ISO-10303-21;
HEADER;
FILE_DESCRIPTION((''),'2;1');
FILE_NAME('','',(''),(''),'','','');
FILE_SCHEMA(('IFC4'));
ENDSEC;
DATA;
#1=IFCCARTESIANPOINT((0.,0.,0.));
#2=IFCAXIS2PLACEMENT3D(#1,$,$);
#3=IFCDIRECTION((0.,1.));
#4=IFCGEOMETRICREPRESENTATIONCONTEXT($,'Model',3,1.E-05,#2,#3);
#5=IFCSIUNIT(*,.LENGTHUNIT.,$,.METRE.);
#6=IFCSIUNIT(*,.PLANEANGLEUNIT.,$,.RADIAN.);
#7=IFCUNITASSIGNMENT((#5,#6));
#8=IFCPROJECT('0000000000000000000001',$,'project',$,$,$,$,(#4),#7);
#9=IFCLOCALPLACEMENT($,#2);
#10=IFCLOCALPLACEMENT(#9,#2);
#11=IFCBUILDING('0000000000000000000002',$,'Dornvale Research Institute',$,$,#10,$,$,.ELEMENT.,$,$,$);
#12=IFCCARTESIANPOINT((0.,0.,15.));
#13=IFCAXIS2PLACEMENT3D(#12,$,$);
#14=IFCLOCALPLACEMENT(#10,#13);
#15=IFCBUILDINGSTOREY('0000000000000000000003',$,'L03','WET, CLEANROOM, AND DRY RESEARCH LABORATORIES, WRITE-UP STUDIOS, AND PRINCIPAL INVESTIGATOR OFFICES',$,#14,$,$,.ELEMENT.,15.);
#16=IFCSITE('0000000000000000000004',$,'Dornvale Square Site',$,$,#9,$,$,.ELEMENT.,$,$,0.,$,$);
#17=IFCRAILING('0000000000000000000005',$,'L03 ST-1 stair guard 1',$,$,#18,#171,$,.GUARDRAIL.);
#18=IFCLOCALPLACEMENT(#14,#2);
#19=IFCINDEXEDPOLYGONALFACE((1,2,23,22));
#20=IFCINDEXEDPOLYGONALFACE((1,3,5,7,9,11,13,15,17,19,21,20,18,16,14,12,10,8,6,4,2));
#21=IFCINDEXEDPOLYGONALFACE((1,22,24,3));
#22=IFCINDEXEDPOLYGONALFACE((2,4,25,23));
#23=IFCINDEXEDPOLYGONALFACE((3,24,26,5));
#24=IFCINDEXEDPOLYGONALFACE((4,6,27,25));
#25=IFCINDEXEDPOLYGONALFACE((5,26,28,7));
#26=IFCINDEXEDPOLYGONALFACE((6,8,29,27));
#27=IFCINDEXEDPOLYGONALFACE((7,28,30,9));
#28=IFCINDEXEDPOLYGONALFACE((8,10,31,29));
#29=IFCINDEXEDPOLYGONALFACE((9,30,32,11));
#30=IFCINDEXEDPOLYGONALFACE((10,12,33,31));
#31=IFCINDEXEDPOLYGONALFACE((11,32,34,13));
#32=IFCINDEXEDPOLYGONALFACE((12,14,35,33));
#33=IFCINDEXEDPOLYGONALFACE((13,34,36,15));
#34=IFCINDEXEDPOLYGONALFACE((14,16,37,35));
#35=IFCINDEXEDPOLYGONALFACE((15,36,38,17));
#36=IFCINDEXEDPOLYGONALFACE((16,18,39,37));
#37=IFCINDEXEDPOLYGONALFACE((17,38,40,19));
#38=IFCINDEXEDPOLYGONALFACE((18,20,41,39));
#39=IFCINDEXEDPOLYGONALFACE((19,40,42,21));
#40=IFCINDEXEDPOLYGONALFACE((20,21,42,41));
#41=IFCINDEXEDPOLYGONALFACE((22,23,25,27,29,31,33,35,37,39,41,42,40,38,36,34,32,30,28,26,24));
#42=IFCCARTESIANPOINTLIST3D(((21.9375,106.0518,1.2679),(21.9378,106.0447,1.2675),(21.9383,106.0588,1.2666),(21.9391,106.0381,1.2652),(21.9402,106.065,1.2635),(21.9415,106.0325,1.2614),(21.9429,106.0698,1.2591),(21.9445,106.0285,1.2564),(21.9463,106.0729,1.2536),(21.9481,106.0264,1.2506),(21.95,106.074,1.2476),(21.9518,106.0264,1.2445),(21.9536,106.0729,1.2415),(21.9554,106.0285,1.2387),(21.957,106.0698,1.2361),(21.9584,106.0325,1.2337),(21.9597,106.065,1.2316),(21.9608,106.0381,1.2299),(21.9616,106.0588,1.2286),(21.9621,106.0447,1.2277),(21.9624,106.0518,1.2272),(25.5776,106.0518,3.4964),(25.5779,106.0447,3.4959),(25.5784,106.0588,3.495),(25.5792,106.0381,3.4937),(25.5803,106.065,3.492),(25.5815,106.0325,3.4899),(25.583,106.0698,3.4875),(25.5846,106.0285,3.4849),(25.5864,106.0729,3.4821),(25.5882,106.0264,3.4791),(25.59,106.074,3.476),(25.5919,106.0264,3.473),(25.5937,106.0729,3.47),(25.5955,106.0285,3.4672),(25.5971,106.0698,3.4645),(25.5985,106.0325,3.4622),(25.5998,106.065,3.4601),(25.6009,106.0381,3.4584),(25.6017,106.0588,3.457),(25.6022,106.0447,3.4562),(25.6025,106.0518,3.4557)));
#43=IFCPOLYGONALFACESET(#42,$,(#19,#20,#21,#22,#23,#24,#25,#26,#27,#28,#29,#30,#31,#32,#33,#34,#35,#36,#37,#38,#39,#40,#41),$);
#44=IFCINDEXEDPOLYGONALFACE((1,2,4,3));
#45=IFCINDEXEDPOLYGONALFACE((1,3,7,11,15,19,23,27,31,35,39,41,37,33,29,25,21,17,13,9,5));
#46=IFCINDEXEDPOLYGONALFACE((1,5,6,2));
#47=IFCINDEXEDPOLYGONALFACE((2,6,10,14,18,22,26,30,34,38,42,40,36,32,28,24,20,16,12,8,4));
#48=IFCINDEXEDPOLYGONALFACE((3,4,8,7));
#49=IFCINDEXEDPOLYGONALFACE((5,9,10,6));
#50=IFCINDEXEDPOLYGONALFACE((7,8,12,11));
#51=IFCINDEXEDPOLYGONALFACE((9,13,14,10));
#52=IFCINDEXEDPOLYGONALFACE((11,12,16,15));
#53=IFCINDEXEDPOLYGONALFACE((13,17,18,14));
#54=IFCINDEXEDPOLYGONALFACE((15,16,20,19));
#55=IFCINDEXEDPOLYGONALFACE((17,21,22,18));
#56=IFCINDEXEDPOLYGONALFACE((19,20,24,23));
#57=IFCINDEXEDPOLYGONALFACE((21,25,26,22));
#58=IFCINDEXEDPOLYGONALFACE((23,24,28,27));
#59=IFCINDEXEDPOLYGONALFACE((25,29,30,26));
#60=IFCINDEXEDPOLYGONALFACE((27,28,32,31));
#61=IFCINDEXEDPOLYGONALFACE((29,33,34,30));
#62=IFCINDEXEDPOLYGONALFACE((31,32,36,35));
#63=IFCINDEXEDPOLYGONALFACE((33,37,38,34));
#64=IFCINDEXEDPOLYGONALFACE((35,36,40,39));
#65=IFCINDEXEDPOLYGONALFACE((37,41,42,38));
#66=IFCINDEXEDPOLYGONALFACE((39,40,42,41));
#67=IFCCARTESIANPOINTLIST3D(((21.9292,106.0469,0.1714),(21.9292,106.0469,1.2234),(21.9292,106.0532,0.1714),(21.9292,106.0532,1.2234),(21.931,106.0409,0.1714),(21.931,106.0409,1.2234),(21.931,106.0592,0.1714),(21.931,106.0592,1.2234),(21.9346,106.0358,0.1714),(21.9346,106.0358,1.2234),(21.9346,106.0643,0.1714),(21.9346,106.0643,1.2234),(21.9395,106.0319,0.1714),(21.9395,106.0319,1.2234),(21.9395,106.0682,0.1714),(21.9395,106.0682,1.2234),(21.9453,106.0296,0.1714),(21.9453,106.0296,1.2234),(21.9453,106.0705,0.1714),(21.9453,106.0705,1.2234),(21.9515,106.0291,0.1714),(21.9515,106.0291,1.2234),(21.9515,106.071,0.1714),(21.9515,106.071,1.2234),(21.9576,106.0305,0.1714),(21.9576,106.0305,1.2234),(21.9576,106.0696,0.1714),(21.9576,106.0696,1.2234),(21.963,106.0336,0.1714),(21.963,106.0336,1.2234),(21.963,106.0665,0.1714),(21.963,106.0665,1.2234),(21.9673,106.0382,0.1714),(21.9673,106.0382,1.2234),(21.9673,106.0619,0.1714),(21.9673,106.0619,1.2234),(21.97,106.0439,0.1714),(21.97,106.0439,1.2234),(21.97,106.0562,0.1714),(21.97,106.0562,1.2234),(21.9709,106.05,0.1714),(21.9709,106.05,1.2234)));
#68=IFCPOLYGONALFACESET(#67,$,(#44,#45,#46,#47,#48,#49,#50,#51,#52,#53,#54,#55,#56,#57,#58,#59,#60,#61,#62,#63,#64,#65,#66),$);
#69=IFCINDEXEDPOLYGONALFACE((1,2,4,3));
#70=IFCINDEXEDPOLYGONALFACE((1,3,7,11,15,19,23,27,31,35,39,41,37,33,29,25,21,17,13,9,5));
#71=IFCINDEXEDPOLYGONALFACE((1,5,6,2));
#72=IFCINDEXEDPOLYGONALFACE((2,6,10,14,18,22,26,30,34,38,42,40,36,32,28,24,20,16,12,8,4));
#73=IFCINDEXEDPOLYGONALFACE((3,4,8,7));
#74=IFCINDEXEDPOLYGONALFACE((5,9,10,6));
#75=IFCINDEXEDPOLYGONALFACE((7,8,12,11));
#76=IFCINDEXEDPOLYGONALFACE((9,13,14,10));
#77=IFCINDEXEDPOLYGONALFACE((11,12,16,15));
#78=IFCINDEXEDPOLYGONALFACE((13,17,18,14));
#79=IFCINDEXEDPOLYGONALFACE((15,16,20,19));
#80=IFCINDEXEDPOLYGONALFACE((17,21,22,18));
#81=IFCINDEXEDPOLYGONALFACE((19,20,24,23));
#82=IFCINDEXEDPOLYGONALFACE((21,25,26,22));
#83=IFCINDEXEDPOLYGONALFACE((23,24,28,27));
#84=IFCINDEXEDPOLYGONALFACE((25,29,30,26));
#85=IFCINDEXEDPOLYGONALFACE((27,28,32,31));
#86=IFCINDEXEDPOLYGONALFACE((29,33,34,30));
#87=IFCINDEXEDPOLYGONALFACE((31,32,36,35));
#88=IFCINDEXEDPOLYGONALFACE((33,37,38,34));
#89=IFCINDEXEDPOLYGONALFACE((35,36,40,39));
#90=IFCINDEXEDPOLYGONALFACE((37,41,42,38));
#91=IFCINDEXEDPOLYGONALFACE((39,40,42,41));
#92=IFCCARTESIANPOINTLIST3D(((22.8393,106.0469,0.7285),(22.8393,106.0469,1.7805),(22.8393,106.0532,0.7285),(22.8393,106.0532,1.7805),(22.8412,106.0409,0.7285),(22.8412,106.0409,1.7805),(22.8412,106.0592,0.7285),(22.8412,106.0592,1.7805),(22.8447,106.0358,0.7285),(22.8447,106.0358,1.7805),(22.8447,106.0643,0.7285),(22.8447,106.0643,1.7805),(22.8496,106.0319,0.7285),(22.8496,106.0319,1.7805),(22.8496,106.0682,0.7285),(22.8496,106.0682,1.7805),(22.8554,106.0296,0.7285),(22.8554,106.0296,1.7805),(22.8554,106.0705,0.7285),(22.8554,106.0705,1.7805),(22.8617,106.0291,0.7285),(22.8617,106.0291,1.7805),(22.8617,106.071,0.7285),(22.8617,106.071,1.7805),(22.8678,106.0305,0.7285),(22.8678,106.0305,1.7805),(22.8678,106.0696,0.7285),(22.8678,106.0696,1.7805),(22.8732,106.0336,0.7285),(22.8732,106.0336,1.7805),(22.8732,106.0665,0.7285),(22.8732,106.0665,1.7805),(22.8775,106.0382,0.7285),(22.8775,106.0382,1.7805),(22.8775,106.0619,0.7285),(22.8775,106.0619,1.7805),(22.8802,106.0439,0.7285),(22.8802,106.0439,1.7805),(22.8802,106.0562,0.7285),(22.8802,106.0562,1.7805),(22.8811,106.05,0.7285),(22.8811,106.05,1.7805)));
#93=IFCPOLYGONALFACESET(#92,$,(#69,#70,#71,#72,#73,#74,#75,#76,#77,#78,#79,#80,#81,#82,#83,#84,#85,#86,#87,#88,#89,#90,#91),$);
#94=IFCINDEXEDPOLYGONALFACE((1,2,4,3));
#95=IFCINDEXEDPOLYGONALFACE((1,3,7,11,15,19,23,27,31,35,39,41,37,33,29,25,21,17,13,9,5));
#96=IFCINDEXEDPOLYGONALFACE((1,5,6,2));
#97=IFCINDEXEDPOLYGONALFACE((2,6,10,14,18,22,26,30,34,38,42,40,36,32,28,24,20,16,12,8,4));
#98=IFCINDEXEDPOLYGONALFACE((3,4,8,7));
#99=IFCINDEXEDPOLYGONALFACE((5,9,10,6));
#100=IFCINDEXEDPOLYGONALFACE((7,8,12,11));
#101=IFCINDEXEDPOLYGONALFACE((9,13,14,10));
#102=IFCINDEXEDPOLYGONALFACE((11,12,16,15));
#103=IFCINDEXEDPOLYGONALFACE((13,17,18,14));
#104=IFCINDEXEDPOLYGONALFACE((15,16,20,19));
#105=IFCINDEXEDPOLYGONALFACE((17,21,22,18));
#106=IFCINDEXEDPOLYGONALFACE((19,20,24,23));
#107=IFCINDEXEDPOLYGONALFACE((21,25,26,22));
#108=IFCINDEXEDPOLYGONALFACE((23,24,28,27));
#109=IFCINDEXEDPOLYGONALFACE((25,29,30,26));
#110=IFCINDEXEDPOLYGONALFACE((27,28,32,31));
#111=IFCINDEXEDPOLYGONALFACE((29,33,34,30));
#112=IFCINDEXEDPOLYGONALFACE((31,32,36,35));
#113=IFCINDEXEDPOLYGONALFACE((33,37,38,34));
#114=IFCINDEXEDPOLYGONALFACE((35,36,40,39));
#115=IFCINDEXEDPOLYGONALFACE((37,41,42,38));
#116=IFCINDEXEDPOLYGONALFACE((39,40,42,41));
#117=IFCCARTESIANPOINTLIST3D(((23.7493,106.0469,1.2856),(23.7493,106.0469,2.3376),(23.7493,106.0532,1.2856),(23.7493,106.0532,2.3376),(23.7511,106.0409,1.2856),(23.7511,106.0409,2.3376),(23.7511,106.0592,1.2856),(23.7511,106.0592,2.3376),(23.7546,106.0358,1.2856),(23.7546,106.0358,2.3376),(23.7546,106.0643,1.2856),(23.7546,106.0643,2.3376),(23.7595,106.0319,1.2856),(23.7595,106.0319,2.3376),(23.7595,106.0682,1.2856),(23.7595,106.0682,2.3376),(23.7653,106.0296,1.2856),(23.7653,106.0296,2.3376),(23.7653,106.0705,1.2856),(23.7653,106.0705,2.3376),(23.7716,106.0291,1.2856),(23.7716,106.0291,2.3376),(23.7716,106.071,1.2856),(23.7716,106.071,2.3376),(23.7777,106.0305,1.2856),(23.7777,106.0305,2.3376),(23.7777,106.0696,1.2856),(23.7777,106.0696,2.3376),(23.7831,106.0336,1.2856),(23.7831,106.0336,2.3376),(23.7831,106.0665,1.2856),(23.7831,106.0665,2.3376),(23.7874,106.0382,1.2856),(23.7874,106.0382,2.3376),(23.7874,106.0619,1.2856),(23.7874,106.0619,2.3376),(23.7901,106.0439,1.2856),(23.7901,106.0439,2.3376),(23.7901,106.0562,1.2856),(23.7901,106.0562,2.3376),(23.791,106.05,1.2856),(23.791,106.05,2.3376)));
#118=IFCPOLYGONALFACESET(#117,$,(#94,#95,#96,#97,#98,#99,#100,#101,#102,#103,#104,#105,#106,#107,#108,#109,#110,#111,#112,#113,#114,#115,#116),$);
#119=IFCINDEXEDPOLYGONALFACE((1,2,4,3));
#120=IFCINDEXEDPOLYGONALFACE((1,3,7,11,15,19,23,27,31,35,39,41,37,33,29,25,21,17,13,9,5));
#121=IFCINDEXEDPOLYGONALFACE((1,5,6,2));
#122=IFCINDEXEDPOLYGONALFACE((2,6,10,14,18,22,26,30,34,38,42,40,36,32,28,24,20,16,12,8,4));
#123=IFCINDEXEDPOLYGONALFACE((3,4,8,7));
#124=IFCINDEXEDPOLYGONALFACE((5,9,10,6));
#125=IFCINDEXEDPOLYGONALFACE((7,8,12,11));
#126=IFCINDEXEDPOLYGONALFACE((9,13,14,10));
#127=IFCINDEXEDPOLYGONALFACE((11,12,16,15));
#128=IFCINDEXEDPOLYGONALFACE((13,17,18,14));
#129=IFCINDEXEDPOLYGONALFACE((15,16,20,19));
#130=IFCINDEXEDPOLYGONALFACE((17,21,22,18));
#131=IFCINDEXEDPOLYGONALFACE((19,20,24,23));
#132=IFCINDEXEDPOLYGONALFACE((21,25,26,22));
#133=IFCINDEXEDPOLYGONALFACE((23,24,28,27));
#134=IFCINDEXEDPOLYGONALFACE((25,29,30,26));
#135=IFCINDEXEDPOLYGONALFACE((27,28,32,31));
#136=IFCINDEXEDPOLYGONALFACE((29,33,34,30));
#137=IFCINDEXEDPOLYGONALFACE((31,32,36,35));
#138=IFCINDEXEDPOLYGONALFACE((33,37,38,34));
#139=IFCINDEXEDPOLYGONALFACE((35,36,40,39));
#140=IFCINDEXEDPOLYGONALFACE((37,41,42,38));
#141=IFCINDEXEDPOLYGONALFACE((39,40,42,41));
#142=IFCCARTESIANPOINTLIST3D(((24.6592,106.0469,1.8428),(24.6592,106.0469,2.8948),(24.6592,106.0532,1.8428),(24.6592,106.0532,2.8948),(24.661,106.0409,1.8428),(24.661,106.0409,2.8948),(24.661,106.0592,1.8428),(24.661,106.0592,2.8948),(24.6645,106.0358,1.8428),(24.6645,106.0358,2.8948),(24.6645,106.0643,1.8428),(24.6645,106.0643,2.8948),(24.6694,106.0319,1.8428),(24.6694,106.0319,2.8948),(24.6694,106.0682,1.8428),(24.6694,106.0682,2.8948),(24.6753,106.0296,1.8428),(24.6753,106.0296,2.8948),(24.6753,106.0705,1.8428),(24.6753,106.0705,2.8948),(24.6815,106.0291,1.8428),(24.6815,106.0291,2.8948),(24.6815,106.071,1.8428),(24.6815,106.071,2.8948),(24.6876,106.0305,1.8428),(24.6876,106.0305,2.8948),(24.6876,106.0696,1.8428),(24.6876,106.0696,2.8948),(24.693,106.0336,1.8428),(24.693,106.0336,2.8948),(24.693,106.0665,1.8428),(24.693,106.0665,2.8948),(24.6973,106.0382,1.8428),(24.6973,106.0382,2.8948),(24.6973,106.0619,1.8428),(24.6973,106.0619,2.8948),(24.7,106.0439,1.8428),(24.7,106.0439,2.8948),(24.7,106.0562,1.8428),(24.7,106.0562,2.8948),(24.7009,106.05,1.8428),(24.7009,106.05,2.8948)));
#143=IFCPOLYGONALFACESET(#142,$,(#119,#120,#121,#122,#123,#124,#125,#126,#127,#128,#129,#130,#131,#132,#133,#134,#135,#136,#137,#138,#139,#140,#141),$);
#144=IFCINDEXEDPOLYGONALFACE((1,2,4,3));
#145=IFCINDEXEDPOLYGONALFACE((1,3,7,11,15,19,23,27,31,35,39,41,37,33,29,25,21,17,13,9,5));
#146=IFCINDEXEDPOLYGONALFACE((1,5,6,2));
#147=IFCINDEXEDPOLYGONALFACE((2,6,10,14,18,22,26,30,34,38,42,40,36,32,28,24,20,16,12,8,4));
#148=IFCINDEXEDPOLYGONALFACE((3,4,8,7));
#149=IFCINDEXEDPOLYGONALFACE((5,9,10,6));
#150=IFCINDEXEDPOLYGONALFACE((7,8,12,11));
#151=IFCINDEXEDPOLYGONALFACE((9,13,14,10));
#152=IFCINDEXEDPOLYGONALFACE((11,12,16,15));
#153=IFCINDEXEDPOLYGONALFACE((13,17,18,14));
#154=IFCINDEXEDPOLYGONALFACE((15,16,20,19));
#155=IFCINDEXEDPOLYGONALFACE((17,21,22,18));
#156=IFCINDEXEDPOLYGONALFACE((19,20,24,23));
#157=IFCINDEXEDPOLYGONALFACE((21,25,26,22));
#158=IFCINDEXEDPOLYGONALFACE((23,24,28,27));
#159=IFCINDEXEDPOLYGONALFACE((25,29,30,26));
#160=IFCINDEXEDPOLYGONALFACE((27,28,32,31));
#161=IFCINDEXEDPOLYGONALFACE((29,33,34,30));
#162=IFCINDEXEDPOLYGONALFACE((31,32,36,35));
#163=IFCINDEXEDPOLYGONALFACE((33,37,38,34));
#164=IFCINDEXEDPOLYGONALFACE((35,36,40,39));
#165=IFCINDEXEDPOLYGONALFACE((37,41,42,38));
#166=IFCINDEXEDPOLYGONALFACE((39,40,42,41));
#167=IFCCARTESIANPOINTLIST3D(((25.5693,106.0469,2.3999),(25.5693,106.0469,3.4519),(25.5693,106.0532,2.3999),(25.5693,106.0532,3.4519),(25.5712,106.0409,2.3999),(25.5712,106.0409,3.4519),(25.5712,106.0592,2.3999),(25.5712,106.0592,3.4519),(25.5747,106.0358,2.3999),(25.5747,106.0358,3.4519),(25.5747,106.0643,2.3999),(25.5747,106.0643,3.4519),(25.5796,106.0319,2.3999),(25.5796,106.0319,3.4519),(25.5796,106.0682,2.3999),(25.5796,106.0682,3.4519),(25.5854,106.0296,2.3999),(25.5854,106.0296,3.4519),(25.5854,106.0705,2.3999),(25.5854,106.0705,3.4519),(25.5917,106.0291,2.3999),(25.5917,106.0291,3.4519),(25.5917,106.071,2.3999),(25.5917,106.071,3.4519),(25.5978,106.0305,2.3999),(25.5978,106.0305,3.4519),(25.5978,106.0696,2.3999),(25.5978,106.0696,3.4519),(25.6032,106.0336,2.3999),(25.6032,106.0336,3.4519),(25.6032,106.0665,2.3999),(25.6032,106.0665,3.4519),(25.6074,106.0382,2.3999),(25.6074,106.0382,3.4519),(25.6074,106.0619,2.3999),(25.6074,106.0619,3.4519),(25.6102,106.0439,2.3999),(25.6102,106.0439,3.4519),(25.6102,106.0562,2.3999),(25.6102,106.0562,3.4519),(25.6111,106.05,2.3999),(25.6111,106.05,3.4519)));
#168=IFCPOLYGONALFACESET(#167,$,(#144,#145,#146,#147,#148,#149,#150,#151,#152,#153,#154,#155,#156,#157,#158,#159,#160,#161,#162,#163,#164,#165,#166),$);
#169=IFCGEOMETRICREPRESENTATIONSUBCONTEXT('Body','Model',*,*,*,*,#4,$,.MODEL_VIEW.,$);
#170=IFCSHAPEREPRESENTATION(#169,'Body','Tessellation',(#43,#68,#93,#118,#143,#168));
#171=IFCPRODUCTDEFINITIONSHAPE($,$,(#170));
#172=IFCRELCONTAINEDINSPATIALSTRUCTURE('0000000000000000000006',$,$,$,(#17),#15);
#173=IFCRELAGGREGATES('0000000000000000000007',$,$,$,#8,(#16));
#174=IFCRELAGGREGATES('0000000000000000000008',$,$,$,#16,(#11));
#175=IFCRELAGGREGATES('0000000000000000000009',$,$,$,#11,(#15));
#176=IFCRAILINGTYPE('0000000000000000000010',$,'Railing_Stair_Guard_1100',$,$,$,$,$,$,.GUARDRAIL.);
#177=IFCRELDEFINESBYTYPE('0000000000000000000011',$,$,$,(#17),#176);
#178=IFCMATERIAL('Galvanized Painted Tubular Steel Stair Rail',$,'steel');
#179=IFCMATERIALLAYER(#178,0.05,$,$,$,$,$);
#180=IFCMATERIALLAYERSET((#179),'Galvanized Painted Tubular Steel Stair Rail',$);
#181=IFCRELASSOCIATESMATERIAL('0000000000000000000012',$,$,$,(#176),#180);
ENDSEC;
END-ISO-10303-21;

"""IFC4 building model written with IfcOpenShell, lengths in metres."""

from ifc_helpers import new_model, si_unit, direction, frame, origin, origin_2d, place, context, subcontext, project, spatial, circle, extrude, material, layer, layer_set, type_object, element, save


model = new_model("IFC4")

# Units and contexts
model_context = context("Model", 3, precision=1e-05, world=origin(), true_north=direction((0.0, 1.0)))
body_context = subcontext(model_context, "Body", "Model", "MODEL_VIEW")
ifc_project = project(units=[si_unit("LENGTHUNIT", "METRE"), si_unit("PLANEANGLEUNIT", "RADIAN")], contexts=[model_context])

# Site, building, storey
site_placement = place(None, origin())
site = spatial("IfcSite", under=ifc_project, at=site_placement, Name="Dornvale Square Site", CompositionType="ELEMENT", RefElevation=0.0)
building_placement = place(site_placement, origin())
building = spatial("IfcBuilding", under=site, at=building_placement, Name="Dornvale Research Institute", CompositionType="ELEMENT")
storey_placement = place(building_placement, frame((0.0, 0.0, 15.0)))
storey = spatial("IfcBuildingStorey", under=building, at=storey_placement, Name="L03", Description="WET, CLEANROOM, AND DRY RESEARCH LABORATORIES, WRITE-UP STUDIOS, AND PRINCIPAL INVESTIGATOR OFFICES", CompositionType="ELEMENT", Elevation=15.0)

# Railing
ifc_material_1 = material(Name="Galvanized Painted Tubular Steel Stair Rail", Category="steel")
ifc_layer_1 = layer(ifc_material_1, 0.05)
ifc_layer_set_1 = layer_set([ifc_layer_1], Name="Galvanized Painted Tubular Steel Stair Rail")
railing_type_1 = type_object("IfcRailingType", Name="Railing_Stair_Guard_1100", PredefinedType="GUARDRAIL", material=ifc_layer_set_1)
railing_1_placement = place(storey_placement, frame((21.95, 106.05, 0.1714)))
element("IfcRailing", 1, at=railing_1_placement, inside=storey, type_object=railing_type_1, Name="L03 ST-1 stair guard 1", PredefinedType="GUARDRAIL", context=body_context, shape_type="SweptSolid", body=[
    extrude(circle(Radius=0.0239, at=origin_2d()), frame((0.0, 0.0, 1.0762), z_axis=(0.852866, 0.0, 0.52213), x_axis=(0.0, 1.0, 0.0)), (0.0, 0.0, 1.0), 4.2681),
    extrude(circle(Radius=0.021, at=origin_2d()), origin(), (0.0, 0.0, 1.0), 1.052),
    extrude(circle(Radius=0.021, at=origin_2d()), frame((0.9102, 0.0, 0.5571)), (0.0, 0.0, 1.0), 1.052),
    extrude(circle(Radius=0.021, at=origin_2d()), frame((1.8201, 0.0, 1.1143)), (0.0, 0.0, 1.0), 1.052),
    extrude(circle(Radius=0.021, at=origin_2d()), frame((2.73, 0.0, 1.6714)), (0.0, 0.0, 1.0), 1.052),
    extrude(circle(Radius=0.021, at=origin_2d()), frame((3.6401, 0.0, 2.2285)), (0.0, 0.0, 1.0), 1.052),
])

save(model, "model.ifc")
